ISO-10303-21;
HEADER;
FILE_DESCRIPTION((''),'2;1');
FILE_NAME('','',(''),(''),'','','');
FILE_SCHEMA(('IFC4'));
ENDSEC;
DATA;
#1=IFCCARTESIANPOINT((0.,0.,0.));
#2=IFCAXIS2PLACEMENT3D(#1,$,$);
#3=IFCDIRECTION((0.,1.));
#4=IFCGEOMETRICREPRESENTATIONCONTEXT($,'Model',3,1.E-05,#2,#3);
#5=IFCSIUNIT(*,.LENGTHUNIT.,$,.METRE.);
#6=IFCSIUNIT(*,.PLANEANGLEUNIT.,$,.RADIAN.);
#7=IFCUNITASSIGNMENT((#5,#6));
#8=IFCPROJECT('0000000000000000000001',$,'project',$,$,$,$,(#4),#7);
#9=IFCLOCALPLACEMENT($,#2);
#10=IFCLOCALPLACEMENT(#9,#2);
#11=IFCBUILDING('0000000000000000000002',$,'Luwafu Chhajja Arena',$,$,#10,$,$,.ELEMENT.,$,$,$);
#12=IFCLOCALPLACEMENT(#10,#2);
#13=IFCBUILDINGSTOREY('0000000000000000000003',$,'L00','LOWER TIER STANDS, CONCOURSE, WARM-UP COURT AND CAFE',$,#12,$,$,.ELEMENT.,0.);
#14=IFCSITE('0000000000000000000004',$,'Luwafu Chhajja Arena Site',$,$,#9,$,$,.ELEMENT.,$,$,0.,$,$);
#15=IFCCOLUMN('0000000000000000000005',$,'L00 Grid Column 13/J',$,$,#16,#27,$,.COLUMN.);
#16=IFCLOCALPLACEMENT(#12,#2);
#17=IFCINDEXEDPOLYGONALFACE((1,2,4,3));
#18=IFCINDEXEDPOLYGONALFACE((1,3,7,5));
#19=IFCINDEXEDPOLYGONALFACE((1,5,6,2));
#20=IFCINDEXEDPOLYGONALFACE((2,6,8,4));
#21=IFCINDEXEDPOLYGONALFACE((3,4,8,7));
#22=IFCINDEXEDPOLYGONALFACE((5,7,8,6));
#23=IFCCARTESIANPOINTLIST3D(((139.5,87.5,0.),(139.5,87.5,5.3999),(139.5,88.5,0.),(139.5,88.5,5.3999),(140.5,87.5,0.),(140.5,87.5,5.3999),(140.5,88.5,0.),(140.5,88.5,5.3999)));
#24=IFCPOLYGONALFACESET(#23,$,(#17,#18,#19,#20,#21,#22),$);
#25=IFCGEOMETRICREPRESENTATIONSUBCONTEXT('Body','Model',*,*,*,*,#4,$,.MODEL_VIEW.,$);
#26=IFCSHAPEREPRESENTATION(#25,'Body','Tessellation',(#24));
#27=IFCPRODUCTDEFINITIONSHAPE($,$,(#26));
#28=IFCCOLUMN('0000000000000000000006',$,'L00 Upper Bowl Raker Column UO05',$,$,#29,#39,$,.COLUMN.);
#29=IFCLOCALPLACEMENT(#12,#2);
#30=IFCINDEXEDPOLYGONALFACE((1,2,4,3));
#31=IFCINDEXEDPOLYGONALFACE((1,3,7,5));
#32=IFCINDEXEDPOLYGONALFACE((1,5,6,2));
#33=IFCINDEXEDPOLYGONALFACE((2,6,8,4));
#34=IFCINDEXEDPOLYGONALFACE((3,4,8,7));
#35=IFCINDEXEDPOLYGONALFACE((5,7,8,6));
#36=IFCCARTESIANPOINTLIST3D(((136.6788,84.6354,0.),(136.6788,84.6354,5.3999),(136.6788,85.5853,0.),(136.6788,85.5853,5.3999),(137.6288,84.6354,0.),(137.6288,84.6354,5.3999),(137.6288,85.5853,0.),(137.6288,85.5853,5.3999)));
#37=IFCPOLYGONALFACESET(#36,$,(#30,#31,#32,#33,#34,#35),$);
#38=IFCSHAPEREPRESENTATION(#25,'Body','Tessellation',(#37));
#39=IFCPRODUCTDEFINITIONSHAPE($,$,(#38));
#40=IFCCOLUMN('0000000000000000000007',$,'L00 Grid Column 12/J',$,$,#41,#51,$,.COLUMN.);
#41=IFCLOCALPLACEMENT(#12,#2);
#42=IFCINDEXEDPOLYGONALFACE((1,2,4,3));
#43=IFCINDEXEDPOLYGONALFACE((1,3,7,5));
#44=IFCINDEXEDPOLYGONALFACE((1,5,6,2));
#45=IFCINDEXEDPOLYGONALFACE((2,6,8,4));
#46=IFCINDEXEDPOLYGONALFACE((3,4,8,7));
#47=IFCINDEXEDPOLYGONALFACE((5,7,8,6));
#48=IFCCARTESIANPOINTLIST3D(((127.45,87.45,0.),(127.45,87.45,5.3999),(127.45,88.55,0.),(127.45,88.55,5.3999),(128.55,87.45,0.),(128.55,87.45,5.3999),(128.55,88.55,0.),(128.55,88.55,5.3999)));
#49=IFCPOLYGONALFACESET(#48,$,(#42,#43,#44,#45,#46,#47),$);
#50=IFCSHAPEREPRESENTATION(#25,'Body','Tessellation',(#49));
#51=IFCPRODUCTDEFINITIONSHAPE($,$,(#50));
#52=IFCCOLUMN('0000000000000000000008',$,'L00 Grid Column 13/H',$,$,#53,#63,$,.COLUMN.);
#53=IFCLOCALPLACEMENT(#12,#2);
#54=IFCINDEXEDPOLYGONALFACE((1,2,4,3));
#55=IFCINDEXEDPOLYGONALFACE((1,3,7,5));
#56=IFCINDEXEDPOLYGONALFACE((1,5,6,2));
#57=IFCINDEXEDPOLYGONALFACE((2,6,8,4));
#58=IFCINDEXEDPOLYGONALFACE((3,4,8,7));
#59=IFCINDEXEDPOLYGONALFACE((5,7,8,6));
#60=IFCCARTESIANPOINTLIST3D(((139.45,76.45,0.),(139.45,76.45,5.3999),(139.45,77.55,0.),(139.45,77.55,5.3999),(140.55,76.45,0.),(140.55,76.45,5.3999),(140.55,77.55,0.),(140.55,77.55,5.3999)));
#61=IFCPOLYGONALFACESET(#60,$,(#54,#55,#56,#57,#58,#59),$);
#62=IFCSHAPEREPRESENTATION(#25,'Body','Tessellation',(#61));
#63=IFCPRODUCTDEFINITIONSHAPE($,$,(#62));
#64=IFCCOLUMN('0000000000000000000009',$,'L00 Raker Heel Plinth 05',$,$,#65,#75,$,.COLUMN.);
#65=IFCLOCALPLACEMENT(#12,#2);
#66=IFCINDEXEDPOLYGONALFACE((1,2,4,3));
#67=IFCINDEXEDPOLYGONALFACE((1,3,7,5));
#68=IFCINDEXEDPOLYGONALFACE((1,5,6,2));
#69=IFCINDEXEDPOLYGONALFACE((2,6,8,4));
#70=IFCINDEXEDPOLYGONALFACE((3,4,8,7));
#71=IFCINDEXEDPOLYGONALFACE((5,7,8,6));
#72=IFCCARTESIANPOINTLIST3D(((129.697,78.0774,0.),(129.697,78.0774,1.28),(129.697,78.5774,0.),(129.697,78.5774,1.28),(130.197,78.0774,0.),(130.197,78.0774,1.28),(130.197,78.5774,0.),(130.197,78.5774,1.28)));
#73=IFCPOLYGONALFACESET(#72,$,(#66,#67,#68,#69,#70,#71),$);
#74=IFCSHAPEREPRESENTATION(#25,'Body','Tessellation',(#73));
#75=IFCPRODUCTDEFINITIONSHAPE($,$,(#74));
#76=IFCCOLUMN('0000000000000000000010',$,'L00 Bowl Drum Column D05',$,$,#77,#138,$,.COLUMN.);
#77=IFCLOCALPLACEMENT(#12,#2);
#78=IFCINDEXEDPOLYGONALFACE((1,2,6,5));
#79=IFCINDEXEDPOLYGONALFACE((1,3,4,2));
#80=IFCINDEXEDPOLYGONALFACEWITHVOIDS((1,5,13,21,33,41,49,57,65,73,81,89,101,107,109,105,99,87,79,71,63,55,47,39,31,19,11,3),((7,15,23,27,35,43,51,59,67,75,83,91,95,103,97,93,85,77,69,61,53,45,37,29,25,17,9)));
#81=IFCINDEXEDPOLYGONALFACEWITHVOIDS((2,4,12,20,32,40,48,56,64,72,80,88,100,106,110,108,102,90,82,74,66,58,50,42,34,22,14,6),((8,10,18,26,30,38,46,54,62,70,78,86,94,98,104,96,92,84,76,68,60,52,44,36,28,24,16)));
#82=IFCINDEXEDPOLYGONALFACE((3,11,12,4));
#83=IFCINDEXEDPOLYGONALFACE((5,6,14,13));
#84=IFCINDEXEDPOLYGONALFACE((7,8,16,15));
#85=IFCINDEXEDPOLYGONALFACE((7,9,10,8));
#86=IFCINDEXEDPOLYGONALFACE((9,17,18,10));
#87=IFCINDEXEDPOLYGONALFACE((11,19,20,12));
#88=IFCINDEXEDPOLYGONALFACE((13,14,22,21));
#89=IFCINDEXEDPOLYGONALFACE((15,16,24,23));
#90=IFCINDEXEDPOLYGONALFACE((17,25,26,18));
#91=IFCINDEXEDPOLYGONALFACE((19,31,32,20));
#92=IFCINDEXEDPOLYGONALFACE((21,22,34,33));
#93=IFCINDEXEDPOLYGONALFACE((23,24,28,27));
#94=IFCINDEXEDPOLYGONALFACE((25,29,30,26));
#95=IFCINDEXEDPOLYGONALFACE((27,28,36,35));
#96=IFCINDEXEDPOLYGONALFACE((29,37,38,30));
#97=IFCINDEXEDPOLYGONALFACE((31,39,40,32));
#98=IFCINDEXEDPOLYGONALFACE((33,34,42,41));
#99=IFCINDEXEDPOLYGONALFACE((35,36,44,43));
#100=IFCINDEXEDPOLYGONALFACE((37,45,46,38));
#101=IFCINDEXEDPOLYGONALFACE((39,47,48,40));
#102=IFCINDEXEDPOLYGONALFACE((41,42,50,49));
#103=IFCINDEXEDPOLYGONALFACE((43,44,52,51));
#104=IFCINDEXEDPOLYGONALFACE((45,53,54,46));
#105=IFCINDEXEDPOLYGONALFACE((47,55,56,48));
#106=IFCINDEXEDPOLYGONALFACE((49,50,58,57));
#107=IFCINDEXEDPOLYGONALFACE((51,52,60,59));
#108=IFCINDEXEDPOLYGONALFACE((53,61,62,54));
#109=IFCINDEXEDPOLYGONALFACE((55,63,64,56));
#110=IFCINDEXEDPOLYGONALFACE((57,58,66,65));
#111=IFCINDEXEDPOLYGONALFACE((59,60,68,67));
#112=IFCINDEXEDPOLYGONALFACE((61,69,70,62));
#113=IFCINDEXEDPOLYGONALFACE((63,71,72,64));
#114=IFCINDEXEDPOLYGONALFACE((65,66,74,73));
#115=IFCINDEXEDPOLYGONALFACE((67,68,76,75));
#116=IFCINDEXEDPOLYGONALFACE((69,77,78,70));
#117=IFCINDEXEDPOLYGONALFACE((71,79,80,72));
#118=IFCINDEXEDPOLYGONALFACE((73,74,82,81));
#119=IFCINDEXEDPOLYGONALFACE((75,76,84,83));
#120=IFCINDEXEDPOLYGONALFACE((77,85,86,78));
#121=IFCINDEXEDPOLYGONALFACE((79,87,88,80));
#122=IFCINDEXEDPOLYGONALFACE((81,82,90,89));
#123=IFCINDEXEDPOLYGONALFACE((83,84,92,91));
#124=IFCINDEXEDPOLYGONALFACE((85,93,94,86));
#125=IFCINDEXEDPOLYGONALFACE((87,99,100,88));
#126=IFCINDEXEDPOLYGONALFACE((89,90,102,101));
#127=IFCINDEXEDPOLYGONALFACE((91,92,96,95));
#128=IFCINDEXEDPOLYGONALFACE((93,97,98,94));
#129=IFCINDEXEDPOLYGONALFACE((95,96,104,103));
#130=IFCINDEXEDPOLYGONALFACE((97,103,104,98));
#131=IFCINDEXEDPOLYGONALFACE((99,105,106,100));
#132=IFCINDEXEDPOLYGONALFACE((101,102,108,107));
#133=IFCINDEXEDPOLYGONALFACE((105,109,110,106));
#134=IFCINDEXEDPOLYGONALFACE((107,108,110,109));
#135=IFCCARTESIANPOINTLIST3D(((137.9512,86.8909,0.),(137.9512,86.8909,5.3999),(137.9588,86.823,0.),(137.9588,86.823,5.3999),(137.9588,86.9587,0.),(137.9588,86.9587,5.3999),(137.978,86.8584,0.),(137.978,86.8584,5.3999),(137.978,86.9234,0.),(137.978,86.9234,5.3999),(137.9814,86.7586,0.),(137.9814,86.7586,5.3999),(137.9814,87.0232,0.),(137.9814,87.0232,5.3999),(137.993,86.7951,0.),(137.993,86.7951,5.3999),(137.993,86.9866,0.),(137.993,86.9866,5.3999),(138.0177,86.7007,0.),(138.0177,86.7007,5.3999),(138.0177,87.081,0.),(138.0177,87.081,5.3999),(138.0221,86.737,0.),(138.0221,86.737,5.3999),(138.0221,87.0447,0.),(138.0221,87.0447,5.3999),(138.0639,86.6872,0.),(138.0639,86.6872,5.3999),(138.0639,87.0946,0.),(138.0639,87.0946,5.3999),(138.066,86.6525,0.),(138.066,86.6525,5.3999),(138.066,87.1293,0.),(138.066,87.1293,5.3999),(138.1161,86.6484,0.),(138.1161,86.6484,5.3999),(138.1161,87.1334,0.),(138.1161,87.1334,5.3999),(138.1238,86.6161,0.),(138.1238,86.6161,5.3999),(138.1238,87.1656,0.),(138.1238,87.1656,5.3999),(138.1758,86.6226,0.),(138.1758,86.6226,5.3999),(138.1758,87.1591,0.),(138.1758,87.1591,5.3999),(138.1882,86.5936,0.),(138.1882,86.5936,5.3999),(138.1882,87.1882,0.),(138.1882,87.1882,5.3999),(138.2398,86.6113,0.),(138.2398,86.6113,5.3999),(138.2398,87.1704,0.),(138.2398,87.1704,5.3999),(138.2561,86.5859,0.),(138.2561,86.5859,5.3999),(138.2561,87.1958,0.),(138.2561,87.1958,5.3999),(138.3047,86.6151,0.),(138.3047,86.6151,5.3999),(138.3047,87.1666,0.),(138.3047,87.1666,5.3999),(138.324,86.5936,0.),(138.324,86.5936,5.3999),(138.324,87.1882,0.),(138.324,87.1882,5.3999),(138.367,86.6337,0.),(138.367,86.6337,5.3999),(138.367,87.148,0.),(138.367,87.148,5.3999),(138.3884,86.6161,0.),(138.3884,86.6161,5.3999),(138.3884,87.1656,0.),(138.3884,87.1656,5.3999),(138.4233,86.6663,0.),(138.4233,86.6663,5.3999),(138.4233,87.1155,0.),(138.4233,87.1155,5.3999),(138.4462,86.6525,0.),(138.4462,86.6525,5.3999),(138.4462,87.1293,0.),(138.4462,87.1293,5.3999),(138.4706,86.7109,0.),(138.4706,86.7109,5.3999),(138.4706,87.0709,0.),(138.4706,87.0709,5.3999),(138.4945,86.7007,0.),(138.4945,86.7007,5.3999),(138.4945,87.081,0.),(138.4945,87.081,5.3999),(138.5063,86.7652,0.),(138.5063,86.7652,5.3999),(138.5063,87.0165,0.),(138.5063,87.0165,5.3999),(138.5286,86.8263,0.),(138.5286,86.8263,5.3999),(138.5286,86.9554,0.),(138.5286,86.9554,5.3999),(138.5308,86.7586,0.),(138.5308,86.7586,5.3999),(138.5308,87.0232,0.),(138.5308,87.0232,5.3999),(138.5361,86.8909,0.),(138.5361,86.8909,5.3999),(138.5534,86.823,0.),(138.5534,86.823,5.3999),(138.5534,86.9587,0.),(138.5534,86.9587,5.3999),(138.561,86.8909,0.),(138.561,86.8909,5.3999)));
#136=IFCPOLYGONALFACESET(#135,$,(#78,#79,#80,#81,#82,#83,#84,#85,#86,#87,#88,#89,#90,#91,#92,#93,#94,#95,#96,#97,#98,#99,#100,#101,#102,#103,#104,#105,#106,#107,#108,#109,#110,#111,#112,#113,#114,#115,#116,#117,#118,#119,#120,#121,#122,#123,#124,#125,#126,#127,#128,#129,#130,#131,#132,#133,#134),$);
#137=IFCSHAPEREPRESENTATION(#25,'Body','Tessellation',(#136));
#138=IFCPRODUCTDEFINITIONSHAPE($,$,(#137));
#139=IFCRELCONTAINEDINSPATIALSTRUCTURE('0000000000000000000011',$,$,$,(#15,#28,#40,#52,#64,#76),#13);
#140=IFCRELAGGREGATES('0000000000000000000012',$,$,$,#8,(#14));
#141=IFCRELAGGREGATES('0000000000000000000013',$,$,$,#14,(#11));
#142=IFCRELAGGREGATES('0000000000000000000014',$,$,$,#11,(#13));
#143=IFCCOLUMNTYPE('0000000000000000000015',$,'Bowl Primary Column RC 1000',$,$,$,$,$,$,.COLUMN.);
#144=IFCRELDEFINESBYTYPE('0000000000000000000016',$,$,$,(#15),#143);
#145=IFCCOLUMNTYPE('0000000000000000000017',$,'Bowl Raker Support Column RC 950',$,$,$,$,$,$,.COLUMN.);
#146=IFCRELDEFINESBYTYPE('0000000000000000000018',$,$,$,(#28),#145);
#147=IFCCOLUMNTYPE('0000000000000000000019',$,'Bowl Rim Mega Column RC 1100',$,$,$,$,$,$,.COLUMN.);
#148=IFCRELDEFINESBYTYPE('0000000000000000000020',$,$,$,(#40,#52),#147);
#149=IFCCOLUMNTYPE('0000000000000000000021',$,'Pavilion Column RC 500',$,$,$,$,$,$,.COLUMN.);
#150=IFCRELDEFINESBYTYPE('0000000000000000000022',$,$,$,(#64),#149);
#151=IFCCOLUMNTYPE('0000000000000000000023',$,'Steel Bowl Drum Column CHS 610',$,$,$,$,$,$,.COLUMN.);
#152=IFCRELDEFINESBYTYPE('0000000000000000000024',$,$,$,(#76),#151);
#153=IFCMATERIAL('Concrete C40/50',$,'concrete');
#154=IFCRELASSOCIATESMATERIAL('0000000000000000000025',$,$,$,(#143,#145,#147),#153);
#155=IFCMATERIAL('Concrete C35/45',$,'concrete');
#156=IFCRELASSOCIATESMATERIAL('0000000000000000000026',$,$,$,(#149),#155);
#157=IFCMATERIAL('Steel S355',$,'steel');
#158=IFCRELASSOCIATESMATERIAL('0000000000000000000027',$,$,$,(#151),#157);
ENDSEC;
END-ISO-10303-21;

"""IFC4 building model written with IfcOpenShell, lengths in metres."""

from ifc_helpers import new_model, si_unit, direction, frame, origin, origin_2d, place, context, subcontext, project, spatial, rectangle, hollow_circle, extrude, material, material_profile, profile_set, type_object, element, save


model = new_model("IFC4")

# Units and contexts
model_context = context("Model", 3, precision=1e-05, world=origin(), true_north=direction((0.0, 1.0)))
body_context = subcontext(model_context, "Body", "Model", "MODEL_VIEW")
ifc_project = project(units=[si_unit("LENGTHUNIT", "METRE"), si_unit("PLANEANGLEUNIT", "RADIAN")], contexts=[model_context])

# Site, building, storey
site_placement = place(None, origin())
site = spatial("IfcSite", under=ifc_project, at=site_placement, Name="Luwafu Chhajja Arena Site", CompositionType="ELEMENT", RefElevation=0.0)
building_placement = place(site_placement, origin())
building = spatial("IfcBuilding", under=site, at=building_placement, Name="Luwafu Chhajja Arena", CompositionType="ELEMENT")
storey_placement = place(building_placement, origin())
storey = spatial("IfcBuildingStorey", under=building, at=storey_placement, Name="L00", Description="LOWER TIER STANDS, CONCOURSE, WARM-UP COURT AND CAFE", CompositionType="ELEMENT", Elevation=0.0)

# Columns
ifc_material_1 = material(Name="Concrete C40/50", Category="concrete")
ifc_material_profile_1 = material_profile(ifc_material_1, rectangle(XDim=1.0, YDim=1.0, at=origin_2d()), Name="RC 1000x1000")
ifc_profile_set_1 = profile_set([ifc_material_profile_1], Name="Concrete C40/50")
column_type_1 = type_object("IfcColumnType", Name="Bowl Primary Column RC 1000", PredefinedType="COLUMN", material=ifc_profile_set_1)
column_1_placement = place(storey_placement, frame((140.0, 88.0, 0.0), z_axis=(0.0, 0.0, 1.0), x_axis=(1.0, 0.0, 0.0)))
element("IfcColumn", 1, at=column_1_placement, inside=storey, type_object=column_type_1, Name="L00 Grid Column 13/J", PredefinedType="COLUMN", context=body_context, shape_type="SweptSolid", body=[
    extrude(rectangle(XDim=1.0, YDim=1.0, at=origin_2d()), origin(), (0.0, 0.0, 1.0), 5.3999),
])
ifc_material_profile_2 = material_profile(ifc_material_1, rectangle(XDim=0.95, YDim=0.95, at=origin_2d()), Name="RC 950x950")
ifc_profile_set_2 = profile_set([ifc_material_profile_2], Name="Concrete C40/50")
column_type_2 = type_object("IfcColumnType", Name="Bowl Raker Support Column RC 950", PredefinedType="COLUMN", material=ifc_profile_set_2)
column_2_placement = place(storey_placement, frame((137.1538, 85.1104, 0.0), z_axis=(0.0, 0.0, 1.0), x_axis=(1.0, 0.0, 0.0)))
element("IfcColumn", 2, at=column_2_placement, inside=storey, type_object=column_type_2, Name="L00 Upper Bowl Raker Column UO05", PredefinedType="COLUMN", context=body_context, shape_type="SweptSolid", body=[
    extrude(rectangle(XDim=0.95, YDim=0.95, at=origin_2d()), origin(), (0.0, 0.0, 1.0), 5.3999),
])
ifc_material_profile_3 = material_profile(ifc_material_1, rectangle(XDim=1.1001, YDim=1.1001, at=origin_2d()), Name="RC 1100x1100")
ifc_profile_set_3 = profile_set([ifc_material_profile_3], Name="Concrete C40/50")
column_type_3 = type_object("IfcColumnType", Name="Bowl Rim Mega Column RC 1100", PredefinedType="COLUMN", material=ifc_profile_set_3)
for number, where, z_axis, x_axis, name in (
    (3, (128.0, 88.0, 0.0), (0.0, 0.0, 1.0), (1.0, 0.0, 0.0), "L00 Grid Column 12/J"),
    (4, (140.0, 77.0, 0.0), (0.0, 0.0, 1.0), (1.0, 0.0, 0.0), "L00 Grid Column 13/H"),
):
    element("IfcColumn", number, at=place(storey_placement, frame(where, z_axis=z_axis, x_axis=x_axis)), inside=storey, type_object=column_type_3, Name=name, PredefinedType="COLUMN", context=body_context, shape_type="SweptSolid", body=[
        extrude(rectangle(XDim=1.1001, YDim=1.1001, at=origin_2d()), origin(), (0.0, 0.0, 1.0), 5.3999),
    ])
ifc_material_2 = material(Name="Concrete C35/45", Category="concrete")
ifc_material_profile_4 = material_profile(ifc_material_2, rectangle(XDim=0.5, YDim=0.5, at=origin_2d()), Name="RC 500x500")
ifc_profile_set_4 = profile_set([ifc_material_profile_4], Name="Concrete C35/45")
column_type_4 = type_object("IfcColumnType", Name="Pavilion Column RC 500", PredefinedType="COLUMN", material=ifc_profile_set_4)
column_3_placement = place(storey_placement, frame((129.947, 78.3274, 0.0), z_axis=(0.0, 0.0, 1.0), x_axis=(1.0, 0.0, 0.0)))
element("IfcColumn", 5, at=column_3_placement, inside=storey, type_object=column_type_4, Name="L00 Raker Heel Plinth 05", PredefinedType="COLUMN", context=body_context, shape_type="SweptSolid", body=[
    extrude(rectangle(XDim=0.5, YDim=0.5, at=origin_2d()), origin(), (0.0, 0.0, 1.0), 1.28),
])
ifc_material_3 = material(Name="Steel S355", Category="steel")
ifc_material_profile_5 = material_profile(ifc_material_3, hollow_circle(Radius=0.3049, WallThickness=0.0249, at=origin_2d()), Name="CHS 610x25")
ifc_profile_set_5 = profile_set([ifc_material_profile_5], Name="Steel S355")
column_type_5 = type_object("IfcColumnType", Name="Steel Bowl Drum Column CHS 610", PredefinedType="COLUMN", material=ifc_profile_set_5)
for number, where, z_axis, x_axis, name in (
    (6, (138.2561, 86.8909, 0.0), (0.0, 0.0, 1.0), (1.0, 0.0, 0.0), "L00 Bowl Drum Column D05"),
):
    element("IfcColumn", number, at=place(storey_placement, frame(where, z_axis=z_axis, x_axis=x_axis)), inside=storey, type_object=column_type_5, Name=name, PredefinedType="COLUMN", context=body_context, shape_type="SweptSolid", body=[
        extrude(hollow_circle(Radius=0.3049, WallThickness=0.0249, at=origin_2d()), origin(), (0.0, 0.0, 1.0), 5.3999),
    ])

save(model, "model.ifc")
